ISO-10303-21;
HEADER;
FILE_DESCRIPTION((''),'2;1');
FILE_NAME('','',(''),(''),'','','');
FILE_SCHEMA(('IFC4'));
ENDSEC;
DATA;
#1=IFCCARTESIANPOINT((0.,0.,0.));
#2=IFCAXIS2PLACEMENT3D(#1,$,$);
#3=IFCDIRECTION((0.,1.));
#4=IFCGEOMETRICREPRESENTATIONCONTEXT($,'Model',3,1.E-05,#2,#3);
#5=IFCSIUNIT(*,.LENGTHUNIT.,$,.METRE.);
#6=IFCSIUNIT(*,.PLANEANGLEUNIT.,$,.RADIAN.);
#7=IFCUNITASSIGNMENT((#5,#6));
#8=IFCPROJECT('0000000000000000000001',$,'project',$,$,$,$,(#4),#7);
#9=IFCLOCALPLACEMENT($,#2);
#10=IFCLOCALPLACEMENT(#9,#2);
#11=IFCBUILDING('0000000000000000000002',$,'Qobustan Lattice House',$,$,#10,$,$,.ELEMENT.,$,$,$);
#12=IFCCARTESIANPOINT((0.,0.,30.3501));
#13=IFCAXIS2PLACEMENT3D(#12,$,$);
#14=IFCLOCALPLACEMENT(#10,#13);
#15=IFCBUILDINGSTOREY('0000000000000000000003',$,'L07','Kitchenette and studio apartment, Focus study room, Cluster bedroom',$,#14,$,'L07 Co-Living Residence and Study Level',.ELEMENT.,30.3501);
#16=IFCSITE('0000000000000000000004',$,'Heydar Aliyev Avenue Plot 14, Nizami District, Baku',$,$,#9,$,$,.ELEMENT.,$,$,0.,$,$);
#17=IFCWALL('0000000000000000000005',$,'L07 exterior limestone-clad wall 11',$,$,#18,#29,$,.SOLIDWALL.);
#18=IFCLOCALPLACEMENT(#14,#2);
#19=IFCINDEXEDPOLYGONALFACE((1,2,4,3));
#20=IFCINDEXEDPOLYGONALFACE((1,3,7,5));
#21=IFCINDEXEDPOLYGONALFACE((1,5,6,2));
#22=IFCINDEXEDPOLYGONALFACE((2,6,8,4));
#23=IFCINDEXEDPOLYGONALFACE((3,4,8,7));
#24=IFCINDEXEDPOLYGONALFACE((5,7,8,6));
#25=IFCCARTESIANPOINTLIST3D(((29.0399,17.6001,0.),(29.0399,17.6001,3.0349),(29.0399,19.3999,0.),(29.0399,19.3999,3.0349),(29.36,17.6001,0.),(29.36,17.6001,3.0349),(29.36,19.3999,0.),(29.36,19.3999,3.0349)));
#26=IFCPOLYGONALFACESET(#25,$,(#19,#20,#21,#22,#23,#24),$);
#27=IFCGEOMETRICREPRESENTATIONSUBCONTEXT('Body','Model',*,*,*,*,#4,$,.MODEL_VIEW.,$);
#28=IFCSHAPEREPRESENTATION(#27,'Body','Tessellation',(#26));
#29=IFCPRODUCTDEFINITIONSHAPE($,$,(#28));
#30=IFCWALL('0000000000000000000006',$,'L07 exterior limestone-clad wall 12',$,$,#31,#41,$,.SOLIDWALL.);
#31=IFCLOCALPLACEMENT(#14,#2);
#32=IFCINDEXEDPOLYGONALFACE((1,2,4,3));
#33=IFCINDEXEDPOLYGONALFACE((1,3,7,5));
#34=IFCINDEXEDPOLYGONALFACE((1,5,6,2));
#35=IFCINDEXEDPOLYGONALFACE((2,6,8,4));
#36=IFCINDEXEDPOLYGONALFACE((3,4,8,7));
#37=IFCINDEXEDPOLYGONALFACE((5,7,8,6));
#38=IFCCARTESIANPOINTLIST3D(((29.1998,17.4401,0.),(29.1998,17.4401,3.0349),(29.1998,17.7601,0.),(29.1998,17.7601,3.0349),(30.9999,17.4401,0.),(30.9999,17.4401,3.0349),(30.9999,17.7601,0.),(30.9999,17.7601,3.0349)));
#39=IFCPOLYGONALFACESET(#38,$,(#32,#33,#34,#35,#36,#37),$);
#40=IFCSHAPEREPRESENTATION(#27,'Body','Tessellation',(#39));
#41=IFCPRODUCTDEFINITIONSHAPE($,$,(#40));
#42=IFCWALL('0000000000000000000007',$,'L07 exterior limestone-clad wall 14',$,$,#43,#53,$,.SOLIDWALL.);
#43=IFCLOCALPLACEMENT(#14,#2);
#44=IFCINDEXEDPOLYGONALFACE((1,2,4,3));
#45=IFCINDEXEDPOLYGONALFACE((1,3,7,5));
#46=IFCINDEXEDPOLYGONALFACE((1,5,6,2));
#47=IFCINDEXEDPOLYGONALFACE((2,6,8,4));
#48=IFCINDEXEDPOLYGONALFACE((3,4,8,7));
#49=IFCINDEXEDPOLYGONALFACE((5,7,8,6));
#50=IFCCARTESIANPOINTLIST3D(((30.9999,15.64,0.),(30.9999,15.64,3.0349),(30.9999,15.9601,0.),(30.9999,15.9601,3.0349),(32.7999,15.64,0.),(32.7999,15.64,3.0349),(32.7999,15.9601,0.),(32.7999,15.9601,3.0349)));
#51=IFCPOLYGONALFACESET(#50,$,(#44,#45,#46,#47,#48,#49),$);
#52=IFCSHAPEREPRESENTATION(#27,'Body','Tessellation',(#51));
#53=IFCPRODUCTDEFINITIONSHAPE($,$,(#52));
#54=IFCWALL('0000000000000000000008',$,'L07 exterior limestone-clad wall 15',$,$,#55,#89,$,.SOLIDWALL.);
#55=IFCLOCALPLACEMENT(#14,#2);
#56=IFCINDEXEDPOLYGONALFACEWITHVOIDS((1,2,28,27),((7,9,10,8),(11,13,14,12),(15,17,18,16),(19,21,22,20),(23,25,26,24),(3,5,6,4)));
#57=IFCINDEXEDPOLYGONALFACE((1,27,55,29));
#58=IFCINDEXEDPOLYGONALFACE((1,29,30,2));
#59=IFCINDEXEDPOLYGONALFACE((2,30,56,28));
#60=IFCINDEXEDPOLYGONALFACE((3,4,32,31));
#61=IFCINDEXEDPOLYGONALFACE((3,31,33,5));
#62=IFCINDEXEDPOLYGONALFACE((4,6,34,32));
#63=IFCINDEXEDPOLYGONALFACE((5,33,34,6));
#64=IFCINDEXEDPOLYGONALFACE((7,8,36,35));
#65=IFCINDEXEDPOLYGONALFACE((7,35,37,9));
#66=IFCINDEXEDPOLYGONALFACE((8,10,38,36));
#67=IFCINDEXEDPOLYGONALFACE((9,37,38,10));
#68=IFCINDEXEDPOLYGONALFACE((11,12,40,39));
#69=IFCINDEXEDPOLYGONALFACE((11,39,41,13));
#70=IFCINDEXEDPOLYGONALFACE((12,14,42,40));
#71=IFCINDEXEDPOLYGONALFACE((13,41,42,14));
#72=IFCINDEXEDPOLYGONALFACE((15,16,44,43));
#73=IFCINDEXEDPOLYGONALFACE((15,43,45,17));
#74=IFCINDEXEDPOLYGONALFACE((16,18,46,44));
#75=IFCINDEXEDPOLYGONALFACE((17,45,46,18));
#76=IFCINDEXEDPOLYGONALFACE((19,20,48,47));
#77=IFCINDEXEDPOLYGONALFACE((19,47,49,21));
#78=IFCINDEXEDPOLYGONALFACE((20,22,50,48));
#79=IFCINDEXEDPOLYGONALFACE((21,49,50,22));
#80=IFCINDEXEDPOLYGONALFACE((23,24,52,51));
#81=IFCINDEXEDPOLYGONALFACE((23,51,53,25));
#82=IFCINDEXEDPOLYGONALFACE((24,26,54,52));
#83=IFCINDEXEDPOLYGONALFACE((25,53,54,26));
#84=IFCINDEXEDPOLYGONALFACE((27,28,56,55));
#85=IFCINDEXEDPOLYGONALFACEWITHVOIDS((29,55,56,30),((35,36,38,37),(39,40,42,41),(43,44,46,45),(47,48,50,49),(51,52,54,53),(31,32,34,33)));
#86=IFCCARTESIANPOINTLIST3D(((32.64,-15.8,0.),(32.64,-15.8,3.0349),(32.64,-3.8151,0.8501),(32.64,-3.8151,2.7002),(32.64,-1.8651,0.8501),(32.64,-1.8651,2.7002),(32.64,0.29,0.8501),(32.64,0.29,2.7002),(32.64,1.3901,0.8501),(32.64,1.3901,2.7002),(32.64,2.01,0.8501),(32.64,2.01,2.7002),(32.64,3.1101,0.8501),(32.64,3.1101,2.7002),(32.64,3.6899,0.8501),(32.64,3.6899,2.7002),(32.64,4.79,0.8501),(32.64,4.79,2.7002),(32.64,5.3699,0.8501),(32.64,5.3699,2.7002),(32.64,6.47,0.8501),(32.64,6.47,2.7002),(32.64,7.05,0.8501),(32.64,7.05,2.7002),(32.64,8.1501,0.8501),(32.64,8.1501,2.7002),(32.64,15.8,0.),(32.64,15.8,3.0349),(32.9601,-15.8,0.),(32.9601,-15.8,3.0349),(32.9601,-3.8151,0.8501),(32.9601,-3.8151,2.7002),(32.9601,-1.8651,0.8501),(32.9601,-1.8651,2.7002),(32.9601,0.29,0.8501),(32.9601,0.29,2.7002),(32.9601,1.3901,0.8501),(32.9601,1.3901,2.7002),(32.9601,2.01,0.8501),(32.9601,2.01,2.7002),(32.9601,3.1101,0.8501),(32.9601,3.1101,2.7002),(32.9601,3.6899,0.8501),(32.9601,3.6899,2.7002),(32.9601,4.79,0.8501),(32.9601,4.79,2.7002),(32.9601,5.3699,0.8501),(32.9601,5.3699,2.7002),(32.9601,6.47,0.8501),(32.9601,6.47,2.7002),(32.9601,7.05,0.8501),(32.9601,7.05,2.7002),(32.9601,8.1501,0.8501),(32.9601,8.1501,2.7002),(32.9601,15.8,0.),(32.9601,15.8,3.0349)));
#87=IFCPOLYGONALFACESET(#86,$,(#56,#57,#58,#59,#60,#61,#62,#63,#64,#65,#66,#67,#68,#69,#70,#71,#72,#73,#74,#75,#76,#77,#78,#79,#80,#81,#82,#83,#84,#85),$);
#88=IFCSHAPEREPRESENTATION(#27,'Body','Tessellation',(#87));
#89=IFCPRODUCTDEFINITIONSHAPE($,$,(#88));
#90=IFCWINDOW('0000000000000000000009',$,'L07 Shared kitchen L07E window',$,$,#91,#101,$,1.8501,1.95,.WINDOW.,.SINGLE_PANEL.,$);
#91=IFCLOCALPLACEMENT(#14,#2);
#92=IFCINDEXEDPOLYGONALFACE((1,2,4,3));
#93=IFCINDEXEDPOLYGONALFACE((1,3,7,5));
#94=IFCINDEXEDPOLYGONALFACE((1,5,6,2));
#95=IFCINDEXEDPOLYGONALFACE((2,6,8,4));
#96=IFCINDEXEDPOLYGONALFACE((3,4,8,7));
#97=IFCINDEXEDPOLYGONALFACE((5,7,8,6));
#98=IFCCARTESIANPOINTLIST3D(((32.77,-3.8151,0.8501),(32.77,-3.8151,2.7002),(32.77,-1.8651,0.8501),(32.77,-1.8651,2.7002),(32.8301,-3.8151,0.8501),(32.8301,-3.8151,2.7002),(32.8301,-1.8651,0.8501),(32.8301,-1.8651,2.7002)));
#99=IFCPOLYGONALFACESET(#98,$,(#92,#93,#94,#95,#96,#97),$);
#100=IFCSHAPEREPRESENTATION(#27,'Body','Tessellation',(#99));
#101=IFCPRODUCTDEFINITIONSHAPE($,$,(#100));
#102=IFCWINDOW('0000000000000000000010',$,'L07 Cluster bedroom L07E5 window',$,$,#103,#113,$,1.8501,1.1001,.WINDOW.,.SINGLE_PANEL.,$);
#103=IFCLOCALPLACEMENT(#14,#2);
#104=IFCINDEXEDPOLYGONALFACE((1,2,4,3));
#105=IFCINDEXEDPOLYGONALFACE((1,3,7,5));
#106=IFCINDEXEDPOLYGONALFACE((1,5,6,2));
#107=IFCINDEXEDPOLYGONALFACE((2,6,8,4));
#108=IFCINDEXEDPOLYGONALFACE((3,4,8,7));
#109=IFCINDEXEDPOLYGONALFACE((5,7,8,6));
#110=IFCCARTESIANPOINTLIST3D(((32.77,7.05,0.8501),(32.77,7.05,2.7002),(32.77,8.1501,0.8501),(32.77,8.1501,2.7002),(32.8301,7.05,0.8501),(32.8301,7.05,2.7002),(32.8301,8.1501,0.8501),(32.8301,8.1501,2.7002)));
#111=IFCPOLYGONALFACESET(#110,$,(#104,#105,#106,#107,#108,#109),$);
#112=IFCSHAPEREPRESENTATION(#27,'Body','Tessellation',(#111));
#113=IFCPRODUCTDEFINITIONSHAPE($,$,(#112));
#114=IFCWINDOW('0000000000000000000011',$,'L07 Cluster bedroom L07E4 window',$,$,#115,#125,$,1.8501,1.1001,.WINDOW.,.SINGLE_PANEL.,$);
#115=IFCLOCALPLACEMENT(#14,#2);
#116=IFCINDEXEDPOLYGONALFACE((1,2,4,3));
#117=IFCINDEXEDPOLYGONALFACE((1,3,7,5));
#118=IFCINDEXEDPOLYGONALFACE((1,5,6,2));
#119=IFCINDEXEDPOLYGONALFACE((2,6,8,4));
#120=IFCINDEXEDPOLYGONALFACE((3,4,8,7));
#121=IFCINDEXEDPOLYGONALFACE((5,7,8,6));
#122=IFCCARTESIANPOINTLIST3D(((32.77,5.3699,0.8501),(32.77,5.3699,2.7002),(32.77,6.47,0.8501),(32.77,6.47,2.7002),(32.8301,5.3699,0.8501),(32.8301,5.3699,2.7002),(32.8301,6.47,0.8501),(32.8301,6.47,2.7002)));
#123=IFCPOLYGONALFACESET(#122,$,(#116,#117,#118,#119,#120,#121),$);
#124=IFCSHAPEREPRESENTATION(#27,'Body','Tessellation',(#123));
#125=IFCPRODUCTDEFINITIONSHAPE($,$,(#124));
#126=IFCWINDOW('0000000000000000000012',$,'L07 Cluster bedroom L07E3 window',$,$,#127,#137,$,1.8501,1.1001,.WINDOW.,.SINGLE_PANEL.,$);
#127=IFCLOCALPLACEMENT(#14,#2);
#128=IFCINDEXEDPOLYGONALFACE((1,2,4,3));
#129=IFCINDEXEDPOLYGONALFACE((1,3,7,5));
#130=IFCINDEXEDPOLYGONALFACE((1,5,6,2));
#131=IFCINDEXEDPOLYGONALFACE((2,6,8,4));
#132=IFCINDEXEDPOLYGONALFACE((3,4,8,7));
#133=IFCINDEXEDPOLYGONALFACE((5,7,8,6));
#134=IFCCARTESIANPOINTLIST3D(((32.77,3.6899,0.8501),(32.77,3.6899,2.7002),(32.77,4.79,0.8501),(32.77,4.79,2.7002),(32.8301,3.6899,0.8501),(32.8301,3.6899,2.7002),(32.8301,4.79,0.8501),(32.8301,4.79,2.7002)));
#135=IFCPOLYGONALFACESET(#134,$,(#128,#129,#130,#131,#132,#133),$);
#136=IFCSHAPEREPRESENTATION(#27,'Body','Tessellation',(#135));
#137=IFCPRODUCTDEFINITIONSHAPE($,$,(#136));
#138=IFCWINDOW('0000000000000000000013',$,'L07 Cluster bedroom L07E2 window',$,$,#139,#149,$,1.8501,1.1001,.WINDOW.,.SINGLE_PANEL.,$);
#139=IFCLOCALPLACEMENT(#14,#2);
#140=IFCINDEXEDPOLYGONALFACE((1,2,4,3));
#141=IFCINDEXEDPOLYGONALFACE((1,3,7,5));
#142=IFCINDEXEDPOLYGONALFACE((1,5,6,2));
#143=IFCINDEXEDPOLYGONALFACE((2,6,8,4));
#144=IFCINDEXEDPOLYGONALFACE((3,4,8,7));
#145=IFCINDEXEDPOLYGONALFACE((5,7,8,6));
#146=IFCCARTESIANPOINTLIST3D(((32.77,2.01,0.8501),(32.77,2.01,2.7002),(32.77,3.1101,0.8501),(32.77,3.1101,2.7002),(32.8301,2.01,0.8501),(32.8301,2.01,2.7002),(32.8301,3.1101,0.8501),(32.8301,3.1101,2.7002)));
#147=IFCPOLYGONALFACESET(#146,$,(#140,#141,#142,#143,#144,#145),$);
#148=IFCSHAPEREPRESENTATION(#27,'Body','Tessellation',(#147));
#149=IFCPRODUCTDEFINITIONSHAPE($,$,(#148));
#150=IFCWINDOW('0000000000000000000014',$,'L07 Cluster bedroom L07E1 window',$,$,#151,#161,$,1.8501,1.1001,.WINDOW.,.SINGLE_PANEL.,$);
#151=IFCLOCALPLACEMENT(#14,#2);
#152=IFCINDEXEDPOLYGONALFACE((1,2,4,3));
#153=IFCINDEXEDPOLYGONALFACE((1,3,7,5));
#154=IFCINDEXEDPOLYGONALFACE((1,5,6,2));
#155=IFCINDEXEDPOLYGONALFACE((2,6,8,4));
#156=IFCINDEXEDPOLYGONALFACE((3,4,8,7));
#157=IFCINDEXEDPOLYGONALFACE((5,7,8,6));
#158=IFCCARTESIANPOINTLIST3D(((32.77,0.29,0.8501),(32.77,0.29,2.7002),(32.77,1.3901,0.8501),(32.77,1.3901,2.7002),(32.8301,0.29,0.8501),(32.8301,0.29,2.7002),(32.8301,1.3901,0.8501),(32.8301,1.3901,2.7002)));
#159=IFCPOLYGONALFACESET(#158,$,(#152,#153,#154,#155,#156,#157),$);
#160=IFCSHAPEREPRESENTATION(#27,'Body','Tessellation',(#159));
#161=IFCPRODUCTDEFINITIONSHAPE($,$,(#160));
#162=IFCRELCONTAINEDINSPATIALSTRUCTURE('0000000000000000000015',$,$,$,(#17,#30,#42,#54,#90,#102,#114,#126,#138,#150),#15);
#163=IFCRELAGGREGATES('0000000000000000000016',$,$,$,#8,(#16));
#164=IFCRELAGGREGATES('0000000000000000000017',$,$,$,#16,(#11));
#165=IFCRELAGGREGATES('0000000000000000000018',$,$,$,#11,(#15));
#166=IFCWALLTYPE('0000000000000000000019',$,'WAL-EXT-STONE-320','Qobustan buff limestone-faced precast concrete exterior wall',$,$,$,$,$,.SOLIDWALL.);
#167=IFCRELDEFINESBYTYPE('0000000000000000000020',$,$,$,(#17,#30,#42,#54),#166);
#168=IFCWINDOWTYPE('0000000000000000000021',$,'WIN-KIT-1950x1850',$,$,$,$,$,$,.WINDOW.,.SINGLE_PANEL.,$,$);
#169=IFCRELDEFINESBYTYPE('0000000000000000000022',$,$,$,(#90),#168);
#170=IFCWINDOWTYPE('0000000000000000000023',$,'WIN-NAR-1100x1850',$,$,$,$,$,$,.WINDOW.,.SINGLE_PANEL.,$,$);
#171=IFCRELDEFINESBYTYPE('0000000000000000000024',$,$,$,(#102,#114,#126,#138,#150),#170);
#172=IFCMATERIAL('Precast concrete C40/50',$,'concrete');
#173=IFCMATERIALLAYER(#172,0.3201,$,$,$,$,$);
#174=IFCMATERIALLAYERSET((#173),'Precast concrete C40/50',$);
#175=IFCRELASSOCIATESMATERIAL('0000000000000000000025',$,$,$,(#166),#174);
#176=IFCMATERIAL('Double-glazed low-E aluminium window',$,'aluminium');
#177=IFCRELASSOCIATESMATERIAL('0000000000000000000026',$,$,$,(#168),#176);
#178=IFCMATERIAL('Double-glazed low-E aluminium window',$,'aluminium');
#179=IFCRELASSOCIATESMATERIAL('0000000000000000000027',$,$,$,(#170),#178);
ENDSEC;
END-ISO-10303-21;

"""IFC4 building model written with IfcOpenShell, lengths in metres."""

from ifc_helpers import new_model, si_unit, direction, frame, frame_2d, origin, place, context, subcontext, project, spatial, rectangle, extrude, material, layer, layer_set, type_object, element, fill, save


model = new_model("IFC4")

# Units and contexts
model_context = context("Model", 3, precision=1e-05, world=origin(), true_north=direction((0.0, 1.0)))
body_context = subcontext(model_context, "Body", "Model", "MODEL_VIEW")
ifc_project = project(units=[si_unit("LENGTHUNIT", "METRE"), si_unit("PLANEANGLEUNIT", "RADIAN")], contexts=[model_context])

# Site, building, storey
site_placement = place(None, origin())
site = spatial("IfcSite", under=ifc_project, at=site_placement, Name="Heydar Aliyev Avenue Plot 14, Nizami District, Baku", CompositionType="ELEMENT", RefElevation=0.0)
building_placement = place(site_placement, origin())
building = spatial("IfcBuilding", under=site, at=building_placement, Name="Qobustan Lattice House", CompositionType="ELEMENT")
storey_placement = place(building_placement, frame((0.0, 0.0, 30.3501)))
storey = spatial("IfcBuildingStorey", under=building, at=storey_placement, Name="L07", Description="Kitchenette and studio apartment, Focus study room, Cluster bedroom", LongName="L07 Co-Living Residence and Study Level", CompositionType="ELEMENT", Elevation=30.3501)

# Walls
ifc_material_1 = material(Name="Precast concrete C40/50", Category="concrete")
ifc_layer_1 = layer(ifc_material_1, 0.3201)
ifc_layer_set_1 = layer_set([ifc_layer_1], Name="Precast concrete C40/50")
wall_type = type_object("IfcWallType", Name="WAL-EXT-STONE-320", Description="Qobustan buff limestone-faced precast concrete exterior wall", PredefinedType="SOLIDWALL", material=ifc_layer_set_1)
wall_1_placement = place(storey_placement, frame((29.2, 19.3999, 0.0), z_axis=(0.0, 0.0, 1.0), x_axis=(0.0, -1.0, 0.0)))
element("IfcWall", 1, at=wall_1_placement, inside=storey, type_object=wall_type, Name="L07 exterior limestone-clad wall 11", PredefinedType="SOLIDWALL", context=body_context, shape_type="SweptSolid", body=[
    extrude(rectangle(XDim=1.7998, YDim=0.3201, at=frame_2d((0.8999, 0.0))), origin(), (0.0, 0.0, 1.0), 3.0349),
])
for number, where, z_axis, x_axis, name in (
    (2, (29.2, 17.6001, 0.0), (0.0, 0.0, 1.0), (1.0, 0.0, 0.0), "L07 exterior limestone-clad wall 12"),
    (3, (31.0, 15.8, 0.0), (0.0, 0.0, 1.0), (1.0, 0.0, 0.0), "L07 exterior limestone-clad wall 14"),
):
    element("IfcWall", number, at=place(storey_placement, frame(where, z_axis=z_axis, x_axis=x_axis)), inside=storey, type_object=wall_type, Name=name, PredefinedType="SOLIDWALL", context=body_context, shape_type="SweptSolid", body=[
        extrude(rectangle(XDim=1.8, YDim=0.3201, at=frame_2d((0.8999, 0.0))), origin(), (0.0, 0.0, 1.0), 3.0349),
    ])

# Wall, openings, windows
wall_2_placement = place(storey_placement, frame((32.8, 15.8, 0.0), z_axis=(0.0, 0.0, 1.0), x_axis=(0.0, -1.0, 0.0)))
wall_2 = element("IfcWall", 4, at=wall_2_placement, inside=storey, type_object=wall_type, Name="L07 exterior limestone-clad wall 15", PredefinedType="SOLIDWALL", context=body_context, shape_type="SweptSolid", body=[
    extrude(rectangle(XDim=31.6001, YDim=0.3201, at=frame_2d((15.8, 0.0))), origin(), (0.0, 0.0, 1.0), 3.0349),
])
opening_1_placement = place(wall_2_placement, frame((7.6499, 0.0, 0.8501)))
opening_1 = element("IfcOpeningElement", 5, at=opening_1_placement, cuts=wall_2, PredefinedType="OPENING", context=body_context, shape_type="SweptSolid", body=[
    extrude(rectangle(XDim=1.1001, YDim=1.8501, at=frame_2d((0.55, 0.925))), frame((0.0, 0.1699, 0.0), z_axis=(0.0, -1.0, 0.0), x_axis=(1.0, 0.0, 0.0)), (0.0, 0.0, 1.0), 0.3401),
])
opening_2_placement = place(wall_2_placement, frame((9.3301, 0.0, 0.8501)))
opening_2 = element("IfcOpeningElement", 6, at=opening_2_placement, cuts=wall_2, PredefinedType="OPENING", context=body_context, shape_type="SweptSolid", body=[
    extrude(rectangle(XDim=1.1001, YDim=1.8501, at=frame_2d((0.55, 0.925))), frame((0.0, 0.1699, 0.0), z_axis=(0.0, -1.0, 0.0), x_axis=(1.0, 0.0, 0.0)), (0.0, 0.0, 1.0), 0.3401),
])
opening_3_placement = place(wall_2_placement, frame((11.01, 0.0, 0.8501)))
opening_3 = element("IfcOpeningElement", 7, at=opening_3_placement, cuts=wall_2, PredefinedType="OPENING", context=body_context, shape_type="SweptSolid", body=[
    extrude(rectangle(XDim=1.1001, YDim=1.8501, at=frame_2d((0.55, 0.925))), frame((0.0, 0.1699, 0.0), z_axis=(0.0, -1.0, 0.0), x_axis=(1.0, 0.0, 0.0)), (0.0, 0.0, 1.0), 0.3401),
])
opening_4_placement = place(wall_2_placement, frame((12.6899, 0.0, 0.8501)))
opening_4 = element("IfcOpeningElement", 8, at=opening_4_placement, cuts=wall_2, PredefinedType="OPENING", context=body_context, shape_type="SweptSolid", body=[
    extrude(rectangle(XDim=1.1001, YDim=1.8501, at=frame_2d((0.55, 0.925))), frame((0.0, 0.1699, 0.0), z_axis=(0.0, -1.0, 0.0), x_axis=(1.0, 0.0, 0.0)), (0.0, 0.0, 1.0), 0.3401),
])
opening_5_placement = place(wall_2_placement, frame((14.4099, 0.0, 0.8501)))
opening_5 = element("IfcOpeningElement", 9, at=opening_5_placement, cuts=wall_2, PredefinedType="OPENING", context=body_context, shape_type="SweptSolid", body=[
    extrude(rectangle(XDim=1.1001, YDim=1.8501, at=frame_2d((0.55, 0.925))), frame((0.0, 0.1699, 0.0), z_axis=(0.0, -1.0, 0.0), x_axis=(1.0, 0.0, 0.0)), (0.0, 0.0, 1.0), 0.3401),
])
opening_6_placement = place(wall_2_placement, frame((17.665, 0.0, 0.8501)))
opening_6 = element("IfcOpeningElement", 10, at=opening_6_placement, cuts=wall_2, PredefinedType="OPENING", context=body_context, shape_type="SweptSolid", body=[
    extrude(rectangle(XDim=1.95, YDim=1.8501, at=frame_2d((0.9751, 0.925))), frame((0.0, 0.1699, 0.0), z_axis=(0.0, -1.0, 0.0), x_axis=(1.0, 0.0, 0.0)), (0.0, 0.0, 1.0), 0.3401),
])
ifc_material_2 = material(Name="Double-glazed low-E aluminium window", Category="aluminium")
window_type_1 = type_object("IfcWindowType", Name="WIN-KIT-1950x1850", PartitioningType="SINGLE_PANEL", PredefinedType="WINDOW", material=ifc_material_2)
window_1_placement = place(opening_6_placement, origin())
window_1 = element("IfcWindow", 11, at=window_1_placement, inside=storey, type_object=window_type_1, Name="L07 Shared kitchen L07E window", OverallHeight=1.8501, OverallWidth=1.95, PartitioningType="SINGLE_PANEL", PredefinedType="WINDOW", context=body_context, shape_type="SweptSolid", body=[
    extrude(rectangle(XDim=1.95, YDim=1.8501, at=frame_2d((0.9751, 0.925))), frame((0.0, 0.03, 0.0), z_axis=(0.0, -1.0, 0.0), x_axis=(1.0, 0.0, 0.0)), (0.0, 0.0, 1.0), 0.0601),
])
fill(opening_6, window_1)
ifc_material_3 = material(Name="Double-glazed low-E aluminium window", Category="aluminium")
window_type_2 = type_object("IfcWindowType", Name="WIN-NAR-1100x1850", PartitioningType="SINGLE_PANEL", PredefinedType="WINDOW", material=ifc_material_3)
window_2_placement = place(opening_1_placement, origin())
window_2 = element("IfcWindow", 12, at=window_2_placement, inside=storey, type_object=window_type_2, Name="L07 Cluster bedroom L07E5 window", OverallHeight=1.8501, OverallWidth=1.1001, PartitioningType="SINGLE_PANEL", PredefinedType="WINDOW", context=body_context, shape_type="SweptSolid", body=[
    extrude(rectangle(XDim=1.1001, YDim=1.8501, at=frame_2d((0.55, 0.925))), frame((0.0, 0.03, 0.0), z_axis=(0.0, -1.0, 0.0), x_axis=(1.0, 0.0, 0.0)), (0.0, 0.0, 1.0), 0.0601),
])
fill(opening_1, window_2)
window_3_placement = place(opening_2_placement, origin())
window_3 = element("IfcWindow", 13, at=window_3_placement, inside=storey, type_object=window_type_2, Name="L07 Cluster bedroom L07E4 window", OverallHeight=1.8501, OverallWidth=1.1001, PartitioningType="SINGLE_PANEL", PredefinedType="WINDOW", context=body_context, shape_type="SweptSolid", body=[
    extrude(rectangle(XDim=1.1001, YDim=1.8501, at=frame_2d((0.55, 0.925))), frame((0.0, 0.03, 0.0), z_axis=(0.0, -1.0, 0.0), x_axis=(1.0, 0.0, 0.0)), (0.0, 0.0, 1.0), 0.0601),
])
fill(opening_2, window_3)
window_4_placement = place(opening_3_placement, origin())
window_4 = element("IfcWindow", 14, at=window_4_placement, inside=storey, type_object=window_type_2, Name="L07 Cluster bedroom L07E3 window", OverallHeight=1.8501, OverallWidth=1.1001, PartitioningType="SINGLE_PANEL", PredefinedType="WINDOW", context=body_context, shape_type="SweptSolid", body=[
    extrude(rectangle(XDim=1.1001, YDim=1.8501, at=frame_2d((0.55, 0.925))), frame((0.0, 0.03, 0.0), z_axis=(0.0, -1.0, 0.0), x_axis=(1.0, 0.0, 0.0)), (0.0, 0.0, 1.0), 0.0601),
])
fill(opening_3, window_4)
window_5_placement = place(opening_4_placement, origin())
window_5 = element("IfcWindow", 15, at=window_5_placement, inside=storey, type_object=window_type_2, Name="L07 Cluster bedroom L07E2 window", OverallHeight=1.8501, OverallWidth=1.1001, PartitioningType="SINGLE_PANEL", PredefinedType="WINDOW", context=body_context, shape_type="SweptSolid", body=[
    extrude(rectangle(XDim=1.1001, YDim=1.8501, at=frame_2d((0.55, 0.925))), frame((0.0, 0.03, 0.0), z_axis=(0.0, -1.0, 0.0), x_axis=(1.0, 0.0, 0.0)), (0.0, 0.0, 1.0), 0.0601),
])
fill(opening_4, window_5)
window_6_placement = place(opening_5_placement, origin())
window_6 = element("IfcWindow", 16, at=window_6_placement, inside=storey, type_object=window_type_2, Name="L07 Cluster bedroom L07E1 window", OverallHeight=1.8501, OverallWidth=1.1001, PartitioningType="SINGLE_PANEL", PredefinedType="WINDOW", context=body_context, shape_type="SweptSolid", body=[
    extrude(rectangle(XDim=1.1001, YDim=1.8501, at=frame_2d((0.55, 0.925))), frame((0.0, 0.03, 0.0), z_axis=(0.0, -1.0, 0.0), x_axis=(1.0, 0.0, 0.0)), (0.0, 0.0, 1.0), 0.0601),
])
fill(opening_5, window_6)

save(model, "model.ifc")
